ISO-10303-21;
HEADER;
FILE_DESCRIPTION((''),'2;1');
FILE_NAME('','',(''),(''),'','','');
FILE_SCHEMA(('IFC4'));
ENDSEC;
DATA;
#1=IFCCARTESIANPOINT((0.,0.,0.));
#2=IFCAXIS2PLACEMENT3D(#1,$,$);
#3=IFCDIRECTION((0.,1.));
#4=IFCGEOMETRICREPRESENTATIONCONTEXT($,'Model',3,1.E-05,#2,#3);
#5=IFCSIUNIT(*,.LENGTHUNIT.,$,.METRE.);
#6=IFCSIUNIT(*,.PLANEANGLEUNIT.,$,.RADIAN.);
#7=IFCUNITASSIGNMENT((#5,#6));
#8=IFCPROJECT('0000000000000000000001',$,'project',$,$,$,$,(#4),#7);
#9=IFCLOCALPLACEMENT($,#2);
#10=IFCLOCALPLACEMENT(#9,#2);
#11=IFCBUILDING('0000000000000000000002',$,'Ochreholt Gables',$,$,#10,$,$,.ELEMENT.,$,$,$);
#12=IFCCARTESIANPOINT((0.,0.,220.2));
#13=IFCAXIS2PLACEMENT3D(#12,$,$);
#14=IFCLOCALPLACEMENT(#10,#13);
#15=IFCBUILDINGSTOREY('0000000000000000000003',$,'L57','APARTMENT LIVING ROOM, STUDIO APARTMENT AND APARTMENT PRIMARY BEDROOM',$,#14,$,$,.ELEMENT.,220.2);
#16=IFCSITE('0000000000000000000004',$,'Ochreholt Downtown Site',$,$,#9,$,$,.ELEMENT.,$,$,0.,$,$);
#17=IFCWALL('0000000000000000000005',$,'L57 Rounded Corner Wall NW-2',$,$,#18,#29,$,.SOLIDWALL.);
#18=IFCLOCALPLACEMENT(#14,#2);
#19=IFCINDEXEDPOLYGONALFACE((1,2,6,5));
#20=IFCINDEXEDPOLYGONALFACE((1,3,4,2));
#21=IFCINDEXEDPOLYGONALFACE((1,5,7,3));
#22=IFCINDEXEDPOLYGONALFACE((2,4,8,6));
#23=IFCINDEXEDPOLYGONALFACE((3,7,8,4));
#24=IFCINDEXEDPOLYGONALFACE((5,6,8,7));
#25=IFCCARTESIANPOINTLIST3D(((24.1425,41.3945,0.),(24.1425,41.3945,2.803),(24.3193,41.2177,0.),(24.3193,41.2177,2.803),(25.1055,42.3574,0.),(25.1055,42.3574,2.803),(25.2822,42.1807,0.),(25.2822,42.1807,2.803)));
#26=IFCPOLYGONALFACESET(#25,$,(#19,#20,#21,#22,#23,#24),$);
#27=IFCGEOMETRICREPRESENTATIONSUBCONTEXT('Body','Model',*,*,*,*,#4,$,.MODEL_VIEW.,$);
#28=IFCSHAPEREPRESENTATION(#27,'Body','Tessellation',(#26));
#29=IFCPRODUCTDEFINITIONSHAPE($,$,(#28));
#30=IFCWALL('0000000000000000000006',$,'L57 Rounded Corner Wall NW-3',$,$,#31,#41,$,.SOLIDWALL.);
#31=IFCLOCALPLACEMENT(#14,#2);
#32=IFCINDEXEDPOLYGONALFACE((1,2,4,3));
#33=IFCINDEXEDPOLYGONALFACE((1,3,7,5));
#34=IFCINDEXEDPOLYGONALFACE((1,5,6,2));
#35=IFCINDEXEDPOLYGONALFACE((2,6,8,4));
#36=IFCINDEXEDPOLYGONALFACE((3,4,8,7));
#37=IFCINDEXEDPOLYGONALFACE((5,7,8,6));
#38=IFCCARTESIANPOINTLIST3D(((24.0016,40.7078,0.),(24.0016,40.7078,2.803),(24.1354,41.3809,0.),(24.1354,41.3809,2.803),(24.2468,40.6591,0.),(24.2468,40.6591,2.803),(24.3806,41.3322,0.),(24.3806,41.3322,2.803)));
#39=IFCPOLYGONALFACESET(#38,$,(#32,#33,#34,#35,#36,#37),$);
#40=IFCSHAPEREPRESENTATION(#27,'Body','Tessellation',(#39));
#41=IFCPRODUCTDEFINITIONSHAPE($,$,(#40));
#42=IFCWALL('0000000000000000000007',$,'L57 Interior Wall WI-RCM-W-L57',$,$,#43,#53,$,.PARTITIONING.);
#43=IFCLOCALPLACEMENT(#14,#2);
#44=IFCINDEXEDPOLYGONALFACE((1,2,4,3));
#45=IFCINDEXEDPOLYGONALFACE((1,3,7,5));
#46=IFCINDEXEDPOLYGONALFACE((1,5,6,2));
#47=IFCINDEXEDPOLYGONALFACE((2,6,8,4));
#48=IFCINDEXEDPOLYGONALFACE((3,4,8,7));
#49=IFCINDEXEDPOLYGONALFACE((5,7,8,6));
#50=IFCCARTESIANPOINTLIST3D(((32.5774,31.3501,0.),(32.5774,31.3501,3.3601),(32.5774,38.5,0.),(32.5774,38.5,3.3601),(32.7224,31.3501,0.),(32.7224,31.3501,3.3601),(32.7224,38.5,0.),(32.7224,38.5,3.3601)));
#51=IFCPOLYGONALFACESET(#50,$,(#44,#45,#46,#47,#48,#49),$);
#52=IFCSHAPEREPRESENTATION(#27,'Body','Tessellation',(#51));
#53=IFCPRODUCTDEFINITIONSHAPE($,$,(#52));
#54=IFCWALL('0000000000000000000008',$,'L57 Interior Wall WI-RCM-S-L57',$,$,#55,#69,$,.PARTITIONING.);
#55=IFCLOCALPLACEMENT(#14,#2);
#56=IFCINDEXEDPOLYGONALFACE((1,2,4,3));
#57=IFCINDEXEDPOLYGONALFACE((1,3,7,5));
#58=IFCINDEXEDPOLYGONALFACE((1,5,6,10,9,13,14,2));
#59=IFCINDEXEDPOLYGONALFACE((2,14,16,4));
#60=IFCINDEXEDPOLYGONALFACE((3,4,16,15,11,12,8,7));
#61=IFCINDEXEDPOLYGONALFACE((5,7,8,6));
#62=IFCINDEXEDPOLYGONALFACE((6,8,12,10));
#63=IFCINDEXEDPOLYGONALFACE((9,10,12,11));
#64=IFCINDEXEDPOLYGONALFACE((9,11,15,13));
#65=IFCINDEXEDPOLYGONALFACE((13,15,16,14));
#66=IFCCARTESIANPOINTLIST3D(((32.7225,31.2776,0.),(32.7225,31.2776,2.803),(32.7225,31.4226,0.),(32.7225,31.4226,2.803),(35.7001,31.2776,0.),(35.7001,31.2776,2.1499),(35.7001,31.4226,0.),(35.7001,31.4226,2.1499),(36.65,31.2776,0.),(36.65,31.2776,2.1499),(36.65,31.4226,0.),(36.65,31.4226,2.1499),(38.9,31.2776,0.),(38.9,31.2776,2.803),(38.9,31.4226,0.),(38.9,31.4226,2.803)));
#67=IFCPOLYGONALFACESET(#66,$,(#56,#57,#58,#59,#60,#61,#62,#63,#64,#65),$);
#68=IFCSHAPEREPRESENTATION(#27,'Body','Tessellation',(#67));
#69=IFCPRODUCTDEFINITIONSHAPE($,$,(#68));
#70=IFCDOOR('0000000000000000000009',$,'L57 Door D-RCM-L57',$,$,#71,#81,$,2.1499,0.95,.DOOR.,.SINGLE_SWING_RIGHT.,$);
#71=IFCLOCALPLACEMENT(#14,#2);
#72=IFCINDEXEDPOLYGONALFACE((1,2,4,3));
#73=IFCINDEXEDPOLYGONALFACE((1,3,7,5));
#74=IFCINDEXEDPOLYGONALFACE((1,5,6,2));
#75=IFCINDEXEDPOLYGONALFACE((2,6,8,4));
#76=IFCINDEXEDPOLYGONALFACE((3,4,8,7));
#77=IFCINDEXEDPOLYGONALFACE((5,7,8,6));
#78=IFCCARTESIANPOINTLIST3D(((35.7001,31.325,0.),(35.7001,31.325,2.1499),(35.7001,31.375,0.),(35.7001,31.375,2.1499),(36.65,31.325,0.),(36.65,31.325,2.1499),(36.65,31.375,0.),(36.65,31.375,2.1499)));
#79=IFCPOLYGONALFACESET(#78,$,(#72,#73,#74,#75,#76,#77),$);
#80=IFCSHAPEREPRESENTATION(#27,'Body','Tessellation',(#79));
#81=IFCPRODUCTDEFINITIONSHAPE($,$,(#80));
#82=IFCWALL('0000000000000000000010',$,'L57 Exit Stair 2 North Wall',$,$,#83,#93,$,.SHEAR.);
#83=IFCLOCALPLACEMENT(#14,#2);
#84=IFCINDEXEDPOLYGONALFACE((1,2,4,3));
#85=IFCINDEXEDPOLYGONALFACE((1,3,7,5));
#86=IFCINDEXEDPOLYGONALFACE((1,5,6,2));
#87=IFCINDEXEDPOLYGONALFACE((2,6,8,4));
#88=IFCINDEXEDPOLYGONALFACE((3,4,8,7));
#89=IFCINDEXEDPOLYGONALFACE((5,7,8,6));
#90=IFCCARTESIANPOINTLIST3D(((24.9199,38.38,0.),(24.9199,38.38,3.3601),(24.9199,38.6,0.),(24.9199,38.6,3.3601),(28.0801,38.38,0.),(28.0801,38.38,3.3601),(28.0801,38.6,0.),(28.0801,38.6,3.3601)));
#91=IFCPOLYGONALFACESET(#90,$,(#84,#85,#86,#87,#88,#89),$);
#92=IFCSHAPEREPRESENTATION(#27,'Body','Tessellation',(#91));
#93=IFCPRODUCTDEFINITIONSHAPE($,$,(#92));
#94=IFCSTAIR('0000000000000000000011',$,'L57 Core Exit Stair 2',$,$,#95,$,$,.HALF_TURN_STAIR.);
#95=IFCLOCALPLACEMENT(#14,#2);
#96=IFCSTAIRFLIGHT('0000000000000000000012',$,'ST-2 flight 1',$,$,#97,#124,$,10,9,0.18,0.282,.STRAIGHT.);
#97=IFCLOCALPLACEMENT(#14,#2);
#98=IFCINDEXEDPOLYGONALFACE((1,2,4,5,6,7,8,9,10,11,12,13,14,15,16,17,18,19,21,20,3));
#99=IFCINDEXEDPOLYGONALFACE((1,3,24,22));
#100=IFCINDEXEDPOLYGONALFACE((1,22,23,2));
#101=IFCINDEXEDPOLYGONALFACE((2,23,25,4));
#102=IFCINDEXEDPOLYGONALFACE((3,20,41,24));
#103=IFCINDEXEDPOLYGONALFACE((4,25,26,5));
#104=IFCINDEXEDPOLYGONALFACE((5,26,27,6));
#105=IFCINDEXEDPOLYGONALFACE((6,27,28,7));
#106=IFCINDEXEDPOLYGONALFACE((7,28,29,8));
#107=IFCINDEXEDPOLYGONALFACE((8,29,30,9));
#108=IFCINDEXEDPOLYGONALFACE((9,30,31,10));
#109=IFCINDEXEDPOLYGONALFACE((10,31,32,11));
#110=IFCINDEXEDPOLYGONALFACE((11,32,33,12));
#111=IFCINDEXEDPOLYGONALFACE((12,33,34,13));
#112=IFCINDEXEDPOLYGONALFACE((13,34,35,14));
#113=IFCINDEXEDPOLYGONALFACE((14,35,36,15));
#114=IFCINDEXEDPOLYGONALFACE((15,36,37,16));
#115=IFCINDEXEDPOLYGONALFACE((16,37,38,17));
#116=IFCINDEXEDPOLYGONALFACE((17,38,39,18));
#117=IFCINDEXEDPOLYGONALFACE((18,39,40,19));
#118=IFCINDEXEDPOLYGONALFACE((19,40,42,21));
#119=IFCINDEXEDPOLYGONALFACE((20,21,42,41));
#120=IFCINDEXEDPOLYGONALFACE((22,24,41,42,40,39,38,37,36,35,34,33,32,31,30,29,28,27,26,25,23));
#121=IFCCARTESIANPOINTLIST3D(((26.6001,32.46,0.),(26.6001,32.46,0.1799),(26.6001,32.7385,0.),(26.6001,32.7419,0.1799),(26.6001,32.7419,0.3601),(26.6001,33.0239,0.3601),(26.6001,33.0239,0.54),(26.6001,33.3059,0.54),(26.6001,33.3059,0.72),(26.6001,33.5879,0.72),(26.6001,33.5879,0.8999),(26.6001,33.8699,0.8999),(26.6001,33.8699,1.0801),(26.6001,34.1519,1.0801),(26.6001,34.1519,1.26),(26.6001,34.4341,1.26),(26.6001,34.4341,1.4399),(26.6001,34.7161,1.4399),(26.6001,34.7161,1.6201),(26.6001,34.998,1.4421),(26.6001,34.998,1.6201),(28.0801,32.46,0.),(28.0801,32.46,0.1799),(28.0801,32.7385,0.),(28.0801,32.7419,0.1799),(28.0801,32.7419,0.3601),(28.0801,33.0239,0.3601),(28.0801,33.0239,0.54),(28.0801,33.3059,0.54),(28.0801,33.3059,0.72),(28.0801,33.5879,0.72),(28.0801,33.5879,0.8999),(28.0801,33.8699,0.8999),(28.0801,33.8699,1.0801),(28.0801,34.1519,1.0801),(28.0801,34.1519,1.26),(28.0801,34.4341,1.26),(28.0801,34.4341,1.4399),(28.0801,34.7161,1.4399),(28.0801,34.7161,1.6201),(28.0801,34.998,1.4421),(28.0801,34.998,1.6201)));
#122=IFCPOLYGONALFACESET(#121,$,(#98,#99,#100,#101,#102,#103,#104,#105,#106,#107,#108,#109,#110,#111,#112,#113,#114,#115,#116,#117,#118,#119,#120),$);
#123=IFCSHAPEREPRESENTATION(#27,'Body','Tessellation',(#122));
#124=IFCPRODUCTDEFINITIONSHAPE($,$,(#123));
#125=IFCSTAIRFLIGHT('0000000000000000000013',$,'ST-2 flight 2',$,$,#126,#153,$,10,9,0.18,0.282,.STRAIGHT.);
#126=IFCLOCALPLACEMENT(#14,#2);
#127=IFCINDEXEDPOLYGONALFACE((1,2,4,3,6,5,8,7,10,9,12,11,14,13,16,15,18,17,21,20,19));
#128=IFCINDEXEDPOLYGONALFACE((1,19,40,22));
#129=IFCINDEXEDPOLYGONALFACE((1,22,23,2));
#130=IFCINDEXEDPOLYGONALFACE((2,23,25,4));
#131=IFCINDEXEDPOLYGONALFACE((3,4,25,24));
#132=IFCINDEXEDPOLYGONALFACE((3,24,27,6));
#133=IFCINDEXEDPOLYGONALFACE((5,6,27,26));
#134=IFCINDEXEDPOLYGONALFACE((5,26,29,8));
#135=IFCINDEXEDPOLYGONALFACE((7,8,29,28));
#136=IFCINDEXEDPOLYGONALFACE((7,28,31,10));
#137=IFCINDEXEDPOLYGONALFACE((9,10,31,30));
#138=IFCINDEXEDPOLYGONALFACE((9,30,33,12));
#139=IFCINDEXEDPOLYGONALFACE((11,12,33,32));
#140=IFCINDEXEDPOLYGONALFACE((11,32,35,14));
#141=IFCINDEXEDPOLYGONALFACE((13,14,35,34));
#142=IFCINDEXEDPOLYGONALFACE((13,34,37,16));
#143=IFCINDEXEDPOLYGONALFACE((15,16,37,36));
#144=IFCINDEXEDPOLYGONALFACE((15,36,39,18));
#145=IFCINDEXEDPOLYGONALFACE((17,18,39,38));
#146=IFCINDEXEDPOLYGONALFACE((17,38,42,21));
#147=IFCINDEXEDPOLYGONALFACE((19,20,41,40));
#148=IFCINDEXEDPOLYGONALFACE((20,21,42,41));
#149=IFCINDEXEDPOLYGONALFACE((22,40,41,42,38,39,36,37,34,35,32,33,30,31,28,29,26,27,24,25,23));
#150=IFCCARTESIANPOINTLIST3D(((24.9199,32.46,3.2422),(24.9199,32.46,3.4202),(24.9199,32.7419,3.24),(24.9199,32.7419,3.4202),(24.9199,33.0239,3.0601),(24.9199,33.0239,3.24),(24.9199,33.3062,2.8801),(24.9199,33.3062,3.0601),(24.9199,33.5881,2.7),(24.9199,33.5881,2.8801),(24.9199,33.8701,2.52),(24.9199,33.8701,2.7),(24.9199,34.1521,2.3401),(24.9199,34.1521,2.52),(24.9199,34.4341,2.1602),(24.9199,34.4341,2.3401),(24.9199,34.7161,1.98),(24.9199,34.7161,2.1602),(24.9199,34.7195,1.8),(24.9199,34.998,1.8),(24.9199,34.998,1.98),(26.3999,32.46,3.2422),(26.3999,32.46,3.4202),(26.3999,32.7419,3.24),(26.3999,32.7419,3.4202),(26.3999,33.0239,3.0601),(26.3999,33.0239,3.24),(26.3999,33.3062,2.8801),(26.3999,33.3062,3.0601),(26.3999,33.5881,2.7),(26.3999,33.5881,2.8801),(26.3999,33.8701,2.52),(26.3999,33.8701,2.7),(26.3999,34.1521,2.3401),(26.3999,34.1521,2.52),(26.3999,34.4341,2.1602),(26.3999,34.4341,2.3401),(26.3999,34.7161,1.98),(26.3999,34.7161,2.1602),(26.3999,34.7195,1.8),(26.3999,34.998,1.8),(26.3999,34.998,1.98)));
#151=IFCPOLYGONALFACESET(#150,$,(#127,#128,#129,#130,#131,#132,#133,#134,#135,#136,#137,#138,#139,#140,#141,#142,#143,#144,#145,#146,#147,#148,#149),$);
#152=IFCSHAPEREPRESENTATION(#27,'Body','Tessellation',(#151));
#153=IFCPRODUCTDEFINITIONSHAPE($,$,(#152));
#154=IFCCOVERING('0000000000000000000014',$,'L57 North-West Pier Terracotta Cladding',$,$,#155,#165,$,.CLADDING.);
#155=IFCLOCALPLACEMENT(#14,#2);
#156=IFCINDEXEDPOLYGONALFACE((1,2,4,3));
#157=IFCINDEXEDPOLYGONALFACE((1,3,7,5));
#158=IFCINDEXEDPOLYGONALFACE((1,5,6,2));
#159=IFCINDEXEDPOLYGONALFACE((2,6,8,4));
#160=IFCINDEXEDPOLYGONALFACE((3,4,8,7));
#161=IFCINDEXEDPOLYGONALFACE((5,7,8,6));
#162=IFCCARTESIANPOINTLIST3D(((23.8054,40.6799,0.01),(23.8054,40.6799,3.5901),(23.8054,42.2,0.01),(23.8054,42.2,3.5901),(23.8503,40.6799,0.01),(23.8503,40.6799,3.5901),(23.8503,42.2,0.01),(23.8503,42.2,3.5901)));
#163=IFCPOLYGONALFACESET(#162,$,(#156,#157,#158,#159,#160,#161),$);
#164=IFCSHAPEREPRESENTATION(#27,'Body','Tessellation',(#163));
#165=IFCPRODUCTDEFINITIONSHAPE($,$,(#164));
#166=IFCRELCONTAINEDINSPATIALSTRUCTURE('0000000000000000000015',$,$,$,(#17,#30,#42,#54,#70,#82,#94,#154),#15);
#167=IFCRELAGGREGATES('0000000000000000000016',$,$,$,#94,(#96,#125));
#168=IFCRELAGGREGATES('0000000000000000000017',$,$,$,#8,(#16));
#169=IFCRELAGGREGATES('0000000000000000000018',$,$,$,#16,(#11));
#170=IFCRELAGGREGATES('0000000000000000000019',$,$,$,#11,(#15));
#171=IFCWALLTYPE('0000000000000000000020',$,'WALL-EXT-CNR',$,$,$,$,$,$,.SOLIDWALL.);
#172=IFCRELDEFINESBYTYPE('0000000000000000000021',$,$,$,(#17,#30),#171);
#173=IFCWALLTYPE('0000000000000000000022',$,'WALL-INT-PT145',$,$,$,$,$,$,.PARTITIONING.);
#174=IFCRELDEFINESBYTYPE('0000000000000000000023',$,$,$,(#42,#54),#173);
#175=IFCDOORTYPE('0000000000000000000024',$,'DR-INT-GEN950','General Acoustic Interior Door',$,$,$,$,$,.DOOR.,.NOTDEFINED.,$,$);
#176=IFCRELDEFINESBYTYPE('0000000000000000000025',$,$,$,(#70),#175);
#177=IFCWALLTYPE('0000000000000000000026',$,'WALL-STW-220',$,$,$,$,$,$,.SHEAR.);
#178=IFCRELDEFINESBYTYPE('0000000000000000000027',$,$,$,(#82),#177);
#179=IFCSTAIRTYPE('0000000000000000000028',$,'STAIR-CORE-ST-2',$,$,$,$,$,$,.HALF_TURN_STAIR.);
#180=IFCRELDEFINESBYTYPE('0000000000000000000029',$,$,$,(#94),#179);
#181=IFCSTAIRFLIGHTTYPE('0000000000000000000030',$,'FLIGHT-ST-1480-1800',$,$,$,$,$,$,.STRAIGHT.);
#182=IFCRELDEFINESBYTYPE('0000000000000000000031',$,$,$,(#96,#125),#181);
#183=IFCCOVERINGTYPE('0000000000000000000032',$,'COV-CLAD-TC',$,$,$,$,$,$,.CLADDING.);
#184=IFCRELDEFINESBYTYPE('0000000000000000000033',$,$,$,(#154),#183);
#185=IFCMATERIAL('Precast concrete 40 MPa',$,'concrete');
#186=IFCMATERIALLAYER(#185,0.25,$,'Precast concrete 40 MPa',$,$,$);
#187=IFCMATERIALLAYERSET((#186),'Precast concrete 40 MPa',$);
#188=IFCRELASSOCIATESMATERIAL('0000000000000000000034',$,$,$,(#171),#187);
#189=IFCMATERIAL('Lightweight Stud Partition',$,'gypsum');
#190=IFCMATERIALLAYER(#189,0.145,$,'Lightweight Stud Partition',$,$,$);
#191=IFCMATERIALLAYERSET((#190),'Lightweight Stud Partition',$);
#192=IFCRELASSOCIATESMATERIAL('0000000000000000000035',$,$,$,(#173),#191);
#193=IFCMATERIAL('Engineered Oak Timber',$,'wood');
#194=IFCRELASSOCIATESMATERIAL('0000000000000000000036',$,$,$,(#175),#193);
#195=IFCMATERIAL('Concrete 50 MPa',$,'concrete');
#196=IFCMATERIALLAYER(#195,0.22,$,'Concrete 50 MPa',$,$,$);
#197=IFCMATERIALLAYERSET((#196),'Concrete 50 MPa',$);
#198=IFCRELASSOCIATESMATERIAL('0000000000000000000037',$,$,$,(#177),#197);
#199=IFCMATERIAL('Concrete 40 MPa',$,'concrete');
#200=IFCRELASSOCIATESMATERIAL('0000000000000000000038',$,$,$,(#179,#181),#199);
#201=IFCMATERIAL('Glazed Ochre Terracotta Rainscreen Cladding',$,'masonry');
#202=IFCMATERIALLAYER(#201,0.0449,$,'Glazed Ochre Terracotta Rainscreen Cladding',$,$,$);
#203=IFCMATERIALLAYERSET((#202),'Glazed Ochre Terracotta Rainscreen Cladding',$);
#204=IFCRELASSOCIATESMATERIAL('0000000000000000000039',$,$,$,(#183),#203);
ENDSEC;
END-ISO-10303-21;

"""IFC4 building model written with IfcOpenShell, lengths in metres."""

from ifc_helpers import new_model, si_unit, direction, frame, frame_2d, origin, origin_2d, place, context, subcontext, project, spatial, polyline, rectangle, outline, extrude, material, layer, layer_set, type_object, element, fill, aggregate, save


model = new_model("IFC4")

# Units and contexts
model_context = context("Model", 3, precision=1e-05, world=origin(), true_north=direction((0.0, 1.0)))
body_context = subcontext(model_context, "Body", "Model", "MODEL_VIEW")
ifc_project = project(units=[si_unit("LENGTHUNIT", "METRE"), si_unit("PLANEANGLEUNIT", "RADIAN")], contexts=[model_context])

# Site, building, storey
site_placement = place(None, origin())
site = spatial("IfcSite", under=ifc_project, at=site_placement, Name="Ochreholt Downtown Site", CompositionType="ELEMENT", RefElevation=0.0)
building_placement = place(site_placement, origin())
building = spatial("IfcBuilding", under=site, at=building_placement, Name="Ochreholt Gables", CompositionType="ELEMENT")
storey_placement = place(building_placement, frame((0.0, 0.0, 220.2)))
storey = spatial("IfcBuildingStorey", under=building, at=storey_placement, Name="L57", Description="APARTMENT LIVING ROOM, STUDIO APARTMENT AND APARTMENT PRIMARY BEDROOM", CompositionType="ELEMENT", Elevation=220.2)

# Shared definitions
ifc_material_1 = material(Name="Concrete 50 MPa", Category="concrete")

# Shared definitions
ifc_material_2 = material(Name="Precast concrete 40 MPa", Category="concrete")

# Walls
ifc_layer_1 = layer(ifc_material_2, 0.25, Name="Precast concrete 40 MPa")
ifc_layer_set_1 = layer_set([ifc_layer_1], Name="Precast concrete 40 MPa")
wall_type_1 = type_object("IfcWallType", Name="WALL-EXT-CNR", PredefinedType="SOLIDWALL", material=ifc_layer_set_1)
wall_1_placement = place(storey_placement, frame((25.1938, 42.269, 0.0), z_axis=(0.0, 0.0, 1.0), x_axis=(-0.707107, -0.707107, 0.0)))
element("IfcWall", 1, at=wall_1_placement, inside=storey, type_object=wall_type_1, Name="L57 Rounded Corner Wall NW-2", PredefinedType="SOLIDWALL", context=body_context, shape_type="SweptSolid", body=[
    extrude(rectangle(XDim=1.3618, YDim=0.25, at=frame_2d((0.6809, 0.0))), origin(), (0.0, 0.0, 1.0), 2.803),
])
wall_2_placement = place(storey_placement, frame((24.2581, 41.3567, 0.0), z_axis=(0.0, 0.0, 1.0), x_axis=(-0.194953, -0.980813, 0.0)))
element("IfcWall", 2, at=wall_2_placement, inside=storey, type_object=wall_type_1, Name="L57 Rounded Corner Wall NW-3", PredefinedType="SOLIDWALL", context=body_context, shape_type="SweptSolid", body=[
    extrude(rectangle(XDim=0.6863, YDim=0.25, at=frame_2d((0.3433, 0.0))), origin(), (0.0, 0.0, 1.0), 2.803),
])
ifc_material_3 = material(Name="Lightweight Stud Partition", Category="gypsum")
ifc_layer_2 = layer(ifc_material_3, 0.145, Name="Lightweight Stud Partition")
ifc_layer_set_2 = layer_set([ifc_layer_2], Name="Lightweight Stud Partition")
wall_type_2 = type_object("IfcWallType", Name="WALL-INT-PT145", PredefinedType="PARTITIONING", material=ifc_layer_set_2)
wall_3_placement = place(storey_placement, frame((32.6499, 31.3501, 0.0), z_axis=(0.0, 0.0, 1.0), x_axis=(0.0, 1.0, 0.0)))
element("IfcWall", 3, at=wall_3_placement, inside=storey, type_object=wall_type_2, Name="L57 Interior Wall WI-RCM-W-L57", PredefinedType="PARTITIONING", context=body_context, shape_type="SweptSolid", body=[
    extrude(rectangle(XDim=7.1499, YDim=0.145, at=frame_2d((3.575, 0.0))), origin(), (0.0, 0.0, 1.0), 3.3601),
])

# Wall, opening, door
wall_4_placement = place(storey_placement, frame((32.7224, 31.3501, 0.0), z_axis=(0.0, 0.0, 1.0), x_axis=(1.0, 0.0, 0.0)))
wall_4 = element("IfcWall", 4, at=wall_4_placement, inside=storey, type_object=wall_type_2, Name="L57 Interior Wall WI-RCM-S-L57", PredefinedType="PARTITIONING", context=body_context, shape_type="SweptSolid", body=[
    extrude(rectangle(XDim=6.1775, YDim=0.145, at=frame_2d((3.0889, 0.0))), origin(), (0.0, 0.0, 1.0), 2.803),
])
opening_1_placement = place(wall_4_placement, frame((2.9775, 0.0, 0.0)))
opening_1 = element("IfcOpeningElement", 5, at=opening_1_placement, cuts=wall_4, PredefinedType="OPENING", context=body_context, shape_type="SweptSolid", body=[
    extrude(rectangle(XDim=0.95, YDim=2.1499, at=frame_2d((0.4751, 1.075))), frame((0.0, 0.0825, 0.0), z_axis=(0.0, -1.0, 0.0), x_axis=(1.0, 0.0, 0.0)), (0.0, 0.0, 1.0), 0.165),
])
ifc_material_4 = material(Name="Engineered Oak Timber", Category="wood")
door_type_1 = type_object("IfcDoorType", Name="DR-INT-GEN950", Description="General Acoustic Interior Door", OperationType="NOTDEFINED", PredefinedType="DOOR", material=ifc_material_4)
door_1_placement = place(opening_1_placement, origin())
door_1 = element("IfcDoor", 6, at=door_1_placement, inside=storey, type_object=door_type_1, Name="L57 Door D-RCM-L57", OperationType="SINGLE_SWING_RIGHT", OverallHeight=2.1499, OverallWidth=0.95, PredefinedType="DOOR", context=body_context, shape_type="SweptSolid", body=[
    extrude(rectangle(XDim=0.95, YDim=2.1499, at=frame_2d((0.4751, 1.075))), frame((0.0, 0.0249, 0.0), z_axis=(0.0, -1.0, 0.0), x_axis=(1.0, 0.0, 0.0)), (0.0, 0.0, 1.0), 0.05),
])
fill(opening_1, door_1)

# Wall
ifc_layer_3 = layer(ifc_material_1, 0.22, Name="Concrete 50 MPa")
ifc_layer_set_3 = layer_set([ifc_layer_3], Name="Concrete 50 MPa")
wall_type_3 = type_object("IfcWallType", Name="WALL-STW-220", PredefinedType="SHEAR", material=ifc_layer_set_3)
wall_5_placement = place(storey_placement, frame((24.9199, 38.49, 0.0), z_axis=(0.0, 0.0, 1.0), x_axis=(1.0, 0.0, 0.0)))
element("IfcWall", 7, at=wall_5_placement, inside=storey, type_object=wall_type_3, Name="L57 Exit Stair 2 North Wall", PredefinedType="SHEAR", context=body_context, shape_type="SweptSolid", body=[
    extrude(rectangle(XDim=3.1602, YDim=0.22, at=frame_2d((1.5801, 0.0))), origin(), (0.0, 0.0, 1.0), 3.3601),
])

# Stair, stair flights
ifc_material_5 = material(Name="Concrete 40 MPa", Category="concrete")
stair_type = type_object("IfcStairType", Name="STAIR-CORE-ST-2", PredefinedType="HALF_TURN_STAIR", material=ifc_material_5)
stair_placement = place(storey_placement, origin())
stair = element("IfcStair", 8, at=stair_placement, inside=storey, type_object=stair_type, Name="L57 Core Exit Stair 2", PredefinedType="HALF_TURN_STAIR")
stair_flight_type = type_object("IfcStairFlightType", Name="FLIGHT-ST-1480-1800", PredefinedType="STRAIGHT", material=ifc_material_5)
stair_flight_1_placement = place(storey_placement, frame((27.3401, 32.46, 0.0), z_axis=(0.0, 0.0, 1.0), x_axis=(0.0, 1.0, 0.0)))
stair_flight_1 = element("IfcStairFlight", 9, at=stair_flight_1_placement, type_object=stair_flight_type, Name="ST-2 flight 1", NumberOfRisers=10, NumberOfTreads=9, PredefinedType="STRAIGHT", RiserHeight=0.18, TreadLength=0.282, context=body_context, shape_type="SweptSolid", body=[
    extrude(outline(polyline([(0.0, 0.0), (0.0, 0.1799), (0.282, 0.1799), (0.282, 0.3601), (0.564, 0.3601), (0.564, 0.54), (0.8459, 0.54), (0.8459, 0.72), (1.1279, 0.72), (1.1279, 0.8999), (1.4099, 0.8999), (1.4099, 1.0801), (1.6919, 1.0801), (1.6919, 1.26), (1.9741, 1.26), (1.9741, 1.4399), (2.2561, 1.4399), (2.2561, 1.6201), (2.5381, 1.6201), (2.5381, 1.8), (2.5381, 1.4421), (0.2786, 0.0), (0.0, 0.0)])), frame((0.0, 0.74, 0.0), z_axis=(0.0, -1.0, 0.0), x_axis=(1.0, 0.0, 0.0)), (0.0, 0.0, 1.0), 1.48),
])
stair_flight_2_placement = place(storey_placement, frame((25.6599, 34.998, 1.8), z_axis=(0.0, 0.0, 1.0), x_axis=(0.0, -1.0, 0.0)))
stair_flight_2 = element("IfcStairFlight", 10, at=stair_flight_2_placement, type_object=stair_flight_type, Name="ST-2 flight 2", NumberOfRisers=10, NumberOfTreads=9, PredefinedType="STRAIGHT", RiserHeight=0.18, TreadLength=0.282, context=body_context, shape_type="SweptSolid", body=[
    extrude(outline(polyline([(0.0, 0.0), (0.0, 0.1799), (0.282, 0.1799), (0.282, 0.3601), (0.564, 0.3601), (0.564, 0.54), (0.8459, 0.54), (0.8459, 0.72), (1.1279, 0.72), (1.1279, 0.8999), (1.4099, 0.8999), (1.4099, 1.0801), (1.6919, 1.0801), (1.6919, 1.26), (1.9741, 1.26), (1.9741, 1.4399), (2.2561, 1.4399), (2.2561, 1.6201), (2.5381, 1.6201), (2.5381, 1.8), (2.5381, 1.4421), (0.2786, 0.0), (0.0, 0.0)])), frame((0.0, 0.74, 0.0), z_axis=(0.0, -1.0, 0.0), x_axis=(1.0, 0.0, 0.0)), (0.0, 0.0, 1.0), 1.48),
])
aggregate(stair, [stair_flight_1, stair_flight_2])

# Covering
ifc_material_6 = material(Name="Glazed Ochre Terracotta Rainscreen Cladding", Category="masonry")
ifc_layer_4 = layer(ifc_material_6, 0.0449, Name="Glazed Ochre Terracotta Rainscreen Cladding")
ifc_layer_set_4 = layer_set([ifc_layer_4], Name="Glazed Ochre Terracotta Rainscreen Cladding")
covering_type = type_object("IfcCoveringType", Name="COV-CLAD-TC", PredefinedType="CLADDING", material=ifc_layer_set_4)
covering_placement = place(storey_placement, frame((23.8279, 41.4399, 0.01), z_axis=(0.0, 0.0, 1.0), x_axis=(0.0, 1.0, 0.0)))
element("IfcCovering", 11, at=covering_placement, inside=storey, type_object=covering_type, Name="L57 North-West Pier Terracotta Cladding", PredefinedType="CLADDING", context=body_context, shape_type="SweptSolid", body=[
    extrude(rectangle(XDim=1.52, YDim=0.0449, at=origin_2d()), origin(), (0.0, 0.0, 1.0), 3.5801),
])

save(model, "model.ifc")
